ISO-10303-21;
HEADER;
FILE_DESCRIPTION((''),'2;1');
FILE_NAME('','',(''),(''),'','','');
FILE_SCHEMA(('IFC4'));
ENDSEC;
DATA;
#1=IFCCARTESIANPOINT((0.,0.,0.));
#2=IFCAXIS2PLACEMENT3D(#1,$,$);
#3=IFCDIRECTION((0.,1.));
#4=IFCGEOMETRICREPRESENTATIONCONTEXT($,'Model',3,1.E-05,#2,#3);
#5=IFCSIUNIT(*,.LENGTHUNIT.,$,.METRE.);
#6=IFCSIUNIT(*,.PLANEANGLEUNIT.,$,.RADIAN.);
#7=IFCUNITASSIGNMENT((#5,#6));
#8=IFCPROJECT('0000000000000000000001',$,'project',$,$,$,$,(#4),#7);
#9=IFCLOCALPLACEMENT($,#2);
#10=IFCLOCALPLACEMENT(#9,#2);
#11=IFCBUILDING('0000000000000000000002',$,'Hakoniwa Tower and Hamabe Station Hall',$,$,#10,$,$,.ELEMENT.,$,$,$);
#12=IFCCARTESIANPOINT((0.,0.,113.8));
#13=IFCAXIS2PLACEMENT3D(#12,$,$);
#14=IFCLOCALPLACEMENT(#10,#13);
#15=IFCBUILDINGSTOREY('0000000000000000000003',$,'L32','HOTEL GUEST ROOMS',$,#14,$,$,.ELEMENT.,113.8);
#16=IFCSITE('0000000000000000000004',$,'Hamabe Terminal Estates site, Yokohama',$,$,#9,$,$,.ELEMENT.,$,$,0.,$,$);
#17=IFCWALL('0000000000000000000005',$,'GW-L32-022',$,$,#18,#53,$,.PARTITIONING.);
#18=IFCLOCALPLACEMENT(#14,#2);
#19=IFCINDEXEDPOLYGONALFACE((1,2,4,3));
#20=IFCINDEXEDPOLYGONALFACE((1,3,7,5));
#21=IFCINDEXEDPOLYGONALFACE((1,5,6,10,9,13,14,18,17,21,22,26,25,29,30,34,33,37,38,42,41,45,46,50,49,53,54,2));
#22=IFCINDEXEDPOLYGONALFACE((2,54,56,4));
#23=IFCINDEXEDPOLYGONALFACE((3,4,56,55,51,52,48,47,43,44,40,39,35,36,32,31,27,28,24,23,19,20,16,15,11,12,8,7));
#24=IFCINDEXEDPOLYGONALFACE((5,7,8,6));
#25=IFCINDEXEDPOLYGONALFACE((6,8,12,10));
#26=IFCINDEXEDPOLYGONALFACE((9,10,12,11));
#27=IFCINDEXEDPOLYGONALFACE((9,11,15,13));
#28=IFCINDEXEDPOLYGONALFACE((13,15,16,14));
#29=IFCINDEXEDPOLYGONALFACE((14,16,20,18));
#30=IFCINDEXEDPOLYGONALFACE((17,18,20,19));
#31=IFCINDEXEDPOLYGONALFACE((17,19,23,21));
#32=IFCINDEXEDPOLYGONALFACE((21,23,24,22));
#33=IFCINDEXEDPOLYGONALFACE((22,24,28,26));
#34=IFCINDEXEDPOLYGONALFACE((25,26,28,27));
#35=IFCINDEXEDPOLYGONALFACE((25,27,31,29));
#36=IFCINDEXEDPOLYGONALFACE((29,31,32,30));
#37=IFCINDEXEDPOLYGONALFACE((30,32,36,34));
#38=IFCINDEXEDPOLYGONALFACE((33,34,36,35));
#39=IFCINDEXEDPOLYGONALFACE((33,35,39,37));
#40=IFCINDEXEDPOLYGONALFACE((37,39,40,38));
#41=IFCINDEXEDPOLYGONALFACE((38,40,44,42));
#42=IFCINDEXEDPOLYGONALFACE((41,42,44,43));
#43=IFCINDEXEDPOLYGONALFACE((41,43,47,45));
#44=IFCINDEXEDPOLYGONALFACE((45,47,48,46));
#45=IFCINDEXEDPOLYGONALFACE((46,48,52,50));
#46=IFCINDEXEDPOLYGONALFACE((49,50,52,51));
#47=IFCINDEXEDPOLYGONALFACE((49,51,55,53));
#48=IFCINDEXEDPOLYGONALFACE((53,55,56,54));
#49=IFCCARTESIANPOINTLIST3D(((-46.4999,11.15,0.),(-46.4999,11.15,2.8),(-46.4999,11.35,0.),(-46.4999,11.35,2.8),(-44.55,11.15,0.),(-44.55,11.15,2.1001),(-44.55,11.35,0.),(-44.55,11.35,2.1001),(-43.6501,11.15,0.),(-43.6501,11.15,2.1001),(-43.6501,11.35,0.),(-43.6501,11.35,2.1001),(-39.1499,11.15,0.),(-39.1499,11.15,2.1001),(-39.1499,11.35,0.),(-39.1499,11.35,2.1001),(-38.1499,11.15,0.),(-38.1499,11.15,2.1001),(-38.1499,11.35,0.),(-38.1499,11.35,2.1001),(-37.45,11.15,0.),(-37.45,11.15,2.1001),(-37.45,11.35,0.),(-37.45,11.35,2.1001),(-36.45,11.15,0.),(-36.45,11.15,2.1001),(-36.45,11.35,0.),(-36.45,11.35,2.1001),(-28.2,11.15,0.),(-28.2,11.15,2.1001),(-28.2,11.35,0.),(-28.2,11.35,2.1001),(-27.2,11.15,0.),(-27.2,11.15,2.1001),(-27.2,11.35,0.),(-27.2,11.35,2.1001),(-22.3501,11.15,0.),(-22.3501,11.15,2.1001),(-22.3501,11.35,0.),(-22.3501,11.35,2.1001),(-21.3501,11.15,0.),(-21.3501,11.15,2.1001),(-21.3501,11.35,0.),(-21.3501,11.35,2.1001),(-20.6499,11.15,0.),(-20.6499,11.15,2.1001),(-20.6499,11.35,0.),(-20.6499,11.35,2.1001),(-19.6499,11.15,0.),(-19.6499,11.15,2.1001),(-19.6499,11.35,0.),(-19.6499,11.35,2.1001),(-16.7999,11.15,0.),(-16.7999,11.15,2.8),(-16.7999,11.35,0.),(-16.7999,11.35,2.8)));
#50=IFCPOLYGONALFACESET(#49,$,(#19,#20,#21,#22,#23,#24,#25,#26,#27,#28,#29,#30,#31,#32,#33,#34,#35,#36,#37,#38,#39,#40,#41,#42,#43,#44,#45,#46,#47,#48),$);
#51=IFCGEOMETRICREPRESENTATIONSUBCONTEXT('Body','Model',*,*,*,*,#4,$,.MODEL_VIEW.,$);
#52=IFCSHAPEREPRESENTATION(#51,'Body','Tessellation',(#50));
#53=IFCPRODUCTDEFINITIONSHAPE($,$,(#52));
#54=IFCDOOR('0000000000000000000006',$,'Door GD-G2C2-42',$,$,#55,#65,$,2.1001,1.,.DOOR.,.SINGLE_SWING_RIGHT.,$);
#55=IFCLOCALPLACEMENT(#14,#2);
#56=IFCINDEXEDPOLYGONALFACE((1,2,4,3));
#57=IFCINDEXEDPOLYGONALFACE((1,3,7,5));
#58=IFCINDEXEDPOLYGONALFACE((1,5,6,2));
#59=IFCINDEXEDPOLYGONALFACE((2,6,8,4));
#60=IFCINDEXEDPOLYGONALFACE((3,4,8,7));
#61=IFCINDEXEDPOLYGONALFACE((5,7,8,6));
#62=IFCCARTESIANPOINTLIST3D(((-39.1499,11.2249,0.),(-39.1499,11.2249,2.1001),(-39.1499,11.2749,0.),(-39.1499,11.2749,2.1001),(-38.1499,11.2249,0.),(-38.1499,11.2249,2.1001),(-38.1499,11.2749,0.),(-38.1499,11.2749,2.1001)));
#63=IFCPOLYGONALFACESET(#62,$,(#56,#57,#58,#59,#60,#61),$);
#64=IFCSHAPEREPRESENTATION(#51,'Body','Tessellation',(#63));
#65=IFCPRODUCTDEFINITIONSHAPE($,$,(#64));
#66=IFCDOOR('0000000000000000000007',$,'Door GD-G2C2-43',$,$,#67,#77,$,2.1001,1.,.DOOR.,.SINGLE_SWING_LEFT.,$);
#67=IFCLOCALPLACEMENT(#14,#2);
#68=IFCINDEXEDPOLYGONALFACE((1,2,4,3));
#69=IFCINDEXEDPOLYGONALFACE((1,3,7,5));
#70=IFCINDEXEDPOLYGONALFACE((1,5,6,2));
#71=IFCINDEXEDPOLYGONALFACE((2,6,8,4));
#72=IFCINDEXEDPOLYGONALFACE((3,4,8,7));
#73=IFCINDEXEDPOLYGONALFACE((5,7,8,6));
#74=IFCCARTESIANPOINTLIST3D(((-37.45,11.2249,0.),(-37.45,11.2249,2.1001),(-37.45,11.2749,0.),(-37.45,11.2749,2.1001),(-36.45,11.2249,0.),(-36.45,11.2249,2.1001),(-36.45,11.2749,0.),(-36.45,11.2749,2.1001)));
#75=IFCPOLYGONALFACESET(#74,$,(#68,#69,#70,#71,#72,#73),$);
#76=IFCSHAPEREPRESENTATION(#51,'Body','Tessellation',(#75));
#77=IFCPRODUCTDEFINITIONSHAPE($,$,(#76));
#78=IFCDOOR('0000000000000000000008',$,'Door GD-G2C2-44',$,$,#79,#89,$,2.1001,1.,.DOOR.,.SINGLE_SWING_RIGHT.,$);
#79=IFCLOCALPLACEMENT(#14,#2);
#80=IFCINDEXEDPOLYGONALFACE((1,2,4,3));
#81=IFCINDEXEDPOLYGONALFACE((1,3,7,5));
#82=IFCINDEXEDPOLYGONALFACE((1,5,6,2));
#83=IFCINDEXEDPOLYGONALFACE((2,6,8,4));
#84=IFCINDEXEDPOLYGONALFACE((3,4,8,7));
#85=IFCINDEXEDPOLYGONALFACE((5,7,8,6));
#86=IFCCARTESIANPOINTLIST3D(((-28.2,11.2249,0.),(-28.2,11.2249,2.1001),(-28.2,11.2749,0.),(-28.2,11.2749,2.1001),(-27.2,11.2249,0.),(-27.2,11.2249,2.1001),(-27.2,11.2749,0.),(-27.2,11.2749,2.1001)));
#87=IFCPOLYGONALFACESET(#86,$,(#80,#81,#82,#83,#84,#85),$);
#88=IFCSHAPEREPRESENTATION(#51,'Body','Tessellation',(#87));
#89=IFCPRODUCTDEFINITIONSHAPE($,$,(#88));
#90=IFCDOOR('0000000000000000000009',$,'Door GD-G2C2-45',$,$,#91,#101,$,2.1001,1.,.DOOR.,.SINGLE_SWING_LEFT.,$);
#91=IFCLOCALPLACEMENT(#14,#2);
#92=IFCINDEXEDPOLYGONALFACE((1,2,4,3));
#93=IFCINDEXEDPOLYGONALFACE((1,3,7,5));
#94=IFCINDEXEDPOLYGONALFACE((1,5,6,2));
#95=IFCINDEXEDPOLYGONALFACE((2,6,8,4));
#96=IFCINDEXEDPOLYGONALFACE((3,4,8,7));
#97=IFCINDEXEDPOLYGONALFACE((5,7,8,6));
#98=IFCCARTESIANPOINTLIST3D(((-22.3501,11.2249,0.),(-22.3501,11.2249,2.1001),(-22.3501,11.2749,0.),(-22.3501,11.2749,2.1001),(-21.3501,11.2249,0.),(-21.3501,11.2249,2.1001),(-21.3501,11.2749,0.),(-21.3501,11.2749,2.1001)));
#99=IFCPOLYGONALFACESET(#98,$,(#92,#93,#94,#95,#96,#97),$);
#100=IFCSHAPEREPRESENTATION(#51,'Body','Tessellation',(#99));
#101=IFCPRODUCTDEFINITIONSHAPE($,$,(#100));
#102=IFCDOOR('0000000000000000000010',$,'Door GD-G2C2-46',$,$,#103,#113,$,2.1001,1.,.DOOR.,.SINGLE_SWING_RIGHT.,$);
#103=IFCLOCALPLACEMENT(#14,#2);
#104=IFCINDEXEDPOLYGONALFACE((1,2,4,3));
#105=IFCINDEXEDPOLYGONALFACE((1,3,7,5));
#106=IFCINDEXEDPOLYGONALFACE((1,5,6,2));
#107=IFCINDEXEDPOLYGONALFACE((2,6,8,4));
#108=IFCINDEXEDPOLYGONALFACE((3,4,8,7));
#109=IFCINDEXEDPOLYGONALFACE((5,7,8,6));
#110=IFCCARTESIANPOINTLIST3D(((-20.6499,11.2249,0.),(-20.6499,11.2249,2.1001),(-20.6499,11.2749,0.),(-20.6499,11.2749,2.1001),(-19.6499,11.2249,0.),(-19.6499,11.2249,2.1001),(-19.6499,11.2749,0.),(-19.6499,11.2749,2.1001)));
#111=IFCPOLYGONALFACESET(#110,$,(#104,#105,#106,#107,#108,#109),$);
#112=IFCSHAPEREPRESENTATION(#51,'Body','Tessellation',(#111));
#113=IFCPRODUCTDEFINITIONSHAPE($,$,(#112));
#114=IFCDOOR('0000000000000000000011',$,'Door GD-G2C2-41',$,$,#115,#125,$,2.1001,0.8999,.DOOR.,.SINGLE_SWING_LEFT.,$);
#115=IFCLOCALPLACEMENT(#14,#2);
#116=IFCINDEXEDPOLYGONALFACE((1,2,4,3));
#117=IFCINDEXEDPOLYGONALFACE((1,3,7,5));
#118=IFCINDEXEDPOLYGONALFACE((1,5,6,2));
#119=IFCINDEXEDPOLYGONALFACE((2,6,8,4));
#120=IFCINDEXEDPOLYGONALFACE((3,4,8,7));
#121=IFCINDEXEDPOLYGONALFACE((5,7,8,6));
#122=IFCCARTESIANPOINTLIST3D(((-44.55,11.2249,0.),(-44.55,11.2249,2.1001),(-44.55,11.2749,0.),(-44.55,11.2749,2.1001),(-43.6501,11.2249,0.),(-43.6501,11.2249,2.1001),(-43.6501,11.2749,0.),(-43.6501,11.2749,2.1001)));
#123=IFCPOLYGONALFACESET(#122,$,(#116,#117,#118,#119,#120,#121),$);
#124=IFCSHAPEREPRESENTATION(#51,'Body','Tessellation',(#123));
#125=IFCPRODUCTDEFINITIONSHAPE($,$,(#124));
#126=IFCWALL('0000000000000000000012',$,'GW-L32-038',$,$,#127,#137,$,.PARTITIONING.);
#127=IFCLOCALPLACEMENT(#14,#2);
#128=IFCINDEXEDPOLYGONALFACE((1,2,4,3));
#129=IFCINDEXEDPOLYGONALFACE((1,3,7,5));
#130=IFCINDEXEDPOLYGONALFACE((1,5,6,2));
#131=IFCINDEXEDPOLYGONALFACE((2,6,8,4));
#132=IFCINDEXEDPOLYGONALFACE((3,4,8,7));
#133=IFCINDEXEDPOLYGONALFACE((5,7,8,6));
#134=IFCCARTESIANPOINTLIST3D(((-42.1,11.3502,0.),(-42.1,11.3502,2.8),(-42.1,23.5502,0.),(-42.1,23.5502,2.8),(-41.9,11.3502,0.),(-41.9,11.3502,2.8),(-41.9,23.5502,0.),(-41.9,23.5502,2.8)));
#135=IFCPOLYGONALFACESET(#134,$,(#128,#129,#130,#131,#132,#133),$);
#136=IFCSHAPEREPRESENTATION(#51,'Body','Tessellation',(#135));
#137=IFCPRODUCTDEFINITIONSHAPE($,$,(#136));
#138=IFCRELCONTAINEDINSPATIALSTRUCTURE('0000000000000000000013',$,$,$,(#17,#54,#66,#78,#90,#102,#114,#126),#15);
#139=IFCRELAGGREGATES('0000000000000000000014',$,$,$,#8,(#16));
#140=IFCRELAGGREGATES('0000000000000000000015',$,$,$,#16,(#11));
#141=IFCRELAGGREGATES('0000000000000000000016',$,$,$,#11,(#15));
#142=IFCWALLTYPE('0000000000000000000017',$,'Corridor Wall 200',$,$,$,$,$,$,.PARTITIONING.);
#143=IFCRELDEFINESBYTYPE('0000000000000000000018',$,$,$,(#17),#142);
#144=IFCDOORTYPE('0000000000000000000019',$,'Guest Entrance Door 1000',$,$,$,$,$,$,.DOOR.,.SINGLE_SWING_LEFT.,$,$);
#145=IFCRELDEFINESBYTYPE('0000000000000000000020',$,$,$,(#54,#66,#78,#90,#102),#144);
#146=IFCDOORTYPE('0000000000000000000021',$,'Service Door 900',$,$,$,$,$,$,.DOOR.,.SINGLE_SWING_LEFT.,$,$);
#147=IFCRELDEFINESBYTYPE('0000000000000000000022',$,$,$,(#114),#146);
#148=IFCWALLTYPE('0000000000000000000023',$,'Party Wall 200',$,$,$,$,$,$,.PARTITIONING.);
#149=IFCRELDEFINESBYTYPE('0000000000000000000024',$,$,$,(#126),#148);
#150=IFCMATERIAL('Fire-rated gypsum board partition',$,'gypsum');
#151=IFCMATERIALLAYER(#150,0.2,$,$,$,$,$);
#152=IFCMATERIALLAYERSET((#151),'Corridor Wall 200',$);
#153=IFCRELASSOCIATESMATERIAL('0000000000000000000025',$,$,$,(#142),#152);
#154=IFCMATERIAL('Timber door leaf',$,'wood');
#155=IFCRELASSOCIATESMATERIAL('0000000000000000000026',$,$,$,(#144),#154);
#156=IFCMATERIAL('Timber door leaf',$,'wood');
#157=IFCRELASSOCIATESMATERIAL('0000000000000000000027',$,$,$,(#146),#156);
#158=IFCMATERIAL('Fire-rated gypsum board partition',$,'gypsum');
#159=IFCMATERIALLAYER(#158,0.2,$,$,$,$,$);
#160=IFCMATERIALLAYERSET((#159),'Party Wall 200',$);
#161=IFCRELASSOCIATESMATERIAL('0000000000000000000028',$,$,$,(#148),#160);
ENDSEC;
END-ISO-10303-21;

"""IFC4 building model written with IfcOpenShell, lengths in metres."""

from ifc_helpers import new_model, si_unit, direction, frame, frame_2d, origin, place, context, subcontext, project, spatial, rectangle, extrude, material, layer, layer_set, type_object, element, fill, save


model = new_model("IFC4")

# Units and contexts
model_context = context("Model", 3, precision=1e-05, world=origin(), true_north=direction((0.0, 1.0)))
body_context = subcontext(model_context, "Body", "Model", "MODEL_VIEW")
ifc_project = project(units=[si_unit("LENGTHUNIT", "METRE"), si_unit("PLANEANGLEUNIT", "RADIAN")], contexts=[model_context])

# Site, building, storey
site_placement = place(None, origin())
site = spatial("IfcSite", under=ifc_project, at=site_placement, Name="Hamabe Terminal Estates site, Yokohama", CompositionType="ELEMENT", RefElevation=0.0)
building_placement = place(site_placement, origin())
building = spatial("IfcBuilding", under=site, at=building_placement, Name="Hakoniwa Tower and Hamabe Station Hall", CompositionType="ELEMENT")
storey_placement = place(building_placement, frame((0.0, 0.0, 113.8)))
storey = spatial("IfcBuildingStorey", under=building, at=storey_placement, Name="L32", Description="HOTEL GUEST ROOMS", CompositionType="ELEMENT", Elevation=113.8)

# Shared definitions
ifc_material_1 = material(Name="Fire-rated gypsum board partition", Category="gypsum")
ifc_layer_1 = layer(ifc_material_1, 0.2)
ifc_layer_set_1 = layer_set([ifc_layer_1], Name="Corridor Wall 200")
wall_type_1 = type_object("IfcWallType", Name="Corridor Wall 200", PredefinedType="PARTITIONING", material=ifc_layer_set_1)
ifc_material_2 = material(Name="Timber door leaf", Category="wood")
door_type_1 = type_object("IfcDoorType", Name="Guest Entrance Door 1000", OperationType="SINGLE_SWING_LEFT", PredefinedType="DOOR", material=ifc_material_2)

# Wall, openings, doors
wall_1_placement = place(storey_placement, frame((-46.5, 11.25, 0.0), z_axis=(0.0, 0.0, 1.0), x_axis=(1.0, 0.0, 0.0)))
wall_1 = element("IfcWall", 1, at=wall_1_placement, inside=storey, type_object=wall_type_1, Name="GW-L32-022", PredefinedType="PARTITIONING", context=body_context, shape_type="SweptSolid", body=[
    extrude(rectangle(XDim=29.7, YDim=0.2, at=frame_2d((14.8501, 0.0))), origin(), (0.0, 0.0, 1.0), 2.8),
])
opening_1_placement = place(wall_1_placement, frame((1.95, 0.0, 0.0)))
opening_1 = element("IfcOpeningElement", 2, at=opening_1_placement, cuts=wall_1, PredefinedType="OPENING", context=body_context, shape_type="SweptSolid", body=[
    extrude(rectangle(XDim=0.8999, YDim=2.1001, at=frame_2d((0.45, 1.05))), frame((0.0, 0.1099, 0.0), z_axis=(0.0, -1.0, 0.0), x_axis=(1.0, 0.0, 0.0)), (0.0, 0.0, 1.0), 0.22),
])
opening_2_placement = place(wall_1_placement, frame((7.3501, 0.0, 0.0)))
opening_2 = element("IfcOpeningElement", 3, at=opening_2_placement, cuts=wall_1, PredefinedType="OPENING", context=body_context, shape_type="SweptSolid", body=[
    extrude(rectangle(XDim=1.0, YDim=2.1001, at=frame_2d((0.5, 1.05))), frame((0.0, 0.1099, 0.0), z_axis=(0.0, -1.0, 0.0), x_axis=(1.0, 0.0, 0.0)), (0.0, 0.0, 1.0), 0.22),
])
opening_3_placement = place(wall_1_placement, frame((9.05, 0.0, 0.0)))
opening_3 = element("IfcOpeningElement", 4, at=opening_3_placement, cuts=wall_1, PredefinedType="OPENING", context=body_context, shape_type="SweptSolid", body=[
    extrude(rectangle(XDim=1.0, YDim=2.1001, at=frame_2d((0.5, 1.05))), frame((0.0, 0.1099, 0.0), z_axis=(0.0, -1.0, 0.0), x_axis=(1.0, 0.0, 0.0)), (0.0, 0.0, 1.0), 0.22),
])
opening_4_placement = place(wall_1_placement, frame((18.3, 0.0, 0.0)))
opening_4 = element("IfcOpeningElement", 5, at=opening_4_placement, cuts=wall_1, PredefinedType="OPENING", context=body_context, shape_type="SweptSolid", body=[
    extrude(rectangle(XDim=1.0, YDim=2.1001, at=frame_2d((0.5, 1.05))), frame((0.0, 0.1099, 0.0), z_axis=(0.0, -1.0, 0.0), x_axis=(1.0, 0.0, 0.0)), (0.0, 0.0, 1.0), 0.22),
])
opening_5_placement = place(wall_1_placement, frame((24.1499, 0.0, 0.0)))
opening_5 = element("IfcOpeningElement", 6, at=opening_5_placement, cuts=wall_1, PredefinedType="OPENING", context=body_context, shape_type="SweptSolid", body=[
    extrude(rectangle(XDim=1.0, YDim=2.1001, at=frame_2d((0.5, 1.05))), frame((0.0, 0.1099, 0.0), z_axis=(0.0, -1.0, 0.0), x_axis=(1.0, 0.0, 0.0)), (0.0, 0.0, 1.0), 0.22),
])
opening_6_placement = place(wall_1_placement, frame((25.8501, 0.0, 0.0)))
opening_6 = element("IfcOpeningElement", 7, at=opening_6_placement, cuts=wall_1, PredefinedType="OPENING", context=body_context, shape_type="SweptSolid", body=[
    extrude(rectangle(XDim=1.0, YDim=2.1001, at=frame_2d((0.5, 1.05))), frame((0.0, 0.1099, 0.0), z_axis=(0.0, -1.0, 0.0), x_axis=(1.0, 0.0, 0.0)), (0.0, 0.0, 1.0), 0.22),
])
door_1_placement = place(opening_2_placement, origin())
door_1 = element("IfcDoor", 8, at=door_1_placement, inside=storey, type_object=door_type_1, Name="Door GD-G2C2-42", OperationType="SINGLE_SWING_RIGHT", OverallHeight=2.1001, OverallWidth=1.0, PredefinedType="DOOR", context=body_context, shape_type="SweptSolid", body=[
    extrude(rectangle(XDim=1.0, YDim=2.1001, at=frame_2d((0.5, 1.05))), frame((0.0, 0.0249, 0.0), z_axis=(0.0, -1.0, 0.0), x_axis=(1.0, 0.0, 0.0)), (0.0, 0.0, 1.0), 0.05),
])
fill(opening_2, door_1)
door_2_placement = place(opening_3_placement, origin())
door_2 = element("IfcDoor", 9, at=door_2_placement, inside=storey, type_object=door_type_1, Name="Door GD-G2C2-43", OperationType="SINGLE_SWING_LEFT", OverallHeight=2.1001, OverallWidth=1.0, PredefinedType="DOOR", context=body_context, shape_type="SweptSolid", body=[
    extrude(rectangle(XDim=1.0, YDim=2.1001, at=frame_2d((0.5, 1.05))), frame((0.0, 0.0249, 0.0), z_axis=(0.0, -1.0, 0.0), x_axis=(1.0, 0.0, 0.0)), (0.0, 0.0, 1.0), 0.05),
])
fill(opening_3, door_2)
door_3_placement = place(opening_4_placement, origin())
door_3 = element("IfcDoor", 10, at=door_3_placement, inside=storey, type_object=door_type_1, Name="Door GD-G2C2-44", OperationType="SINGLE_SWING_RIGHT", OverallHeight=2.1001, OverallWidth=1.0, PredefinedType="DOOR", context=body_context, shape_type="SweptSolid", body=[
    extrude(rectangle(XDim=1.0, YDim=2.1001, at=frame_2d((0.5, 1.05))), frame((0.0, 0.0249, 0.0), z_axis=(0.0, -1.0, 0.0), x_axis=(1.0, 0.0, 0.0)), (0.0, 0.0, 1.0), 0.05),
])
fill(opening_4, door_3)
door_4_placement = place(opening_5_placement, origin())
door_4 = element("IfcDoor", 11, at=door_4_placement, inside=storey, type_object=door_type_1, Name="Door GD-G2C2-45", OperationType="SINGLE_SWING_LEFT", OverallHeight=2.1001, OverallWidth=1.0, PredefinedType="DOOR", context=body_context, shape_type="SweptSolid", body=[
    extrude(rectangle(XDim=1.0, YDim=2.1001, at=frame_2d((0.5, 1.05))), frame((0.0, 0.0249, 0.0), z_axis=(0.0, -1.0, 0.0), x_axis=(1.0, 0.0, 0.0)), (0.0, 0.0, 1.0), 0.05),
])
fill(opening_5, door_4)
door_5_placement = place(opening_6_placement, origin())
door_5 = element("IfcDoor", 12, at=door_5_placement, inside=storey, type_object=door_type_1, Name="Door GD-G2C2-46", OperationType="SINGLE_SWING_RIGHT", OverallHeight=2.1001, OverallWidth=1.0, PredefinedType="DOOR", context=body_context, shape_type="SweptSolid", body=[
    extrude(rectangle(XDim=1.0, YDim=2.1001, at=frame_2d((0.5, 1.05))), frame((0.0, 0.0249, 0.0), z_axis=(0.0, -1.0, 0.0), x_axis=(1.0, 0.0, 0.0)), (0.0, 0.0, 1.0), 0.05),
])
fill(opening_6, door_5)
ifc_material_3 = material(Name="Timber door leaf", Category="wood")
door_type_2 = type_object("IfcDoorType", Name="Service Door 900", OperationType="SINGLE_SWING_LEFT", PredefinedType="DOOR", material=ifc_material_3)
door_6_placement = place(opening_1_placement, origin())
door_6 = element("IfcDoor", 13, at=door_6_placement, inside=storey, type_object=door_type_2, Name="Door GD-G2C2-41", OperationType="SINGLE_SWING_LEFT", OverallHeight=2.1001, OverallWidth=0.8999, PredefinedType="DOOR", context=body_context, shape_type="SweptSolid", body=[
    extrude(rectangle(XDim=0.8999, YDim=2.1001, at=frame_2d((0.45, 1.05))), frame((0.0, 0.0249, 0.0), z_axis=(0.0, -1.0, 0.0), x_axis=(1.0, 0.0, 0.0)), (0.0, 0.0, 1.0), 0.05),
])
fill(opening_1, door_6)

# Wall
ifc_material_4 = material(Name="Fire-rated gypsum board partition", Category="gypsum")
ifc_layer_2 = layer(ifc_material_4, 0.2)
ifc_layer_set_2 = layer_set([ifc_layer_2], Name="Party Wall 200")
wall_type_2 = type_object("IfcWallType", Name="Party Wall 200", PredefinedType="PARTITIONING", material=ifc_layer_set_2)
wall_2_placement = place(storey_placement, frame((-42.0, 11.3501, 0.0), z_axis=(0.0, 0.0, 1.0), x_axis=(0.0, 1.0, 0.0)))
element("IfcWall", 14, at=wall_2_placement, inside=storey, type_object=wall_type_2, Name="GW-L32-038", PredefinedType="PARTITIONING", context=body_context, shape_type="SweptSolid", body=[
    extrude(rectangle(XDim=12.2, YDim=0.2, at=frame_2d((6.1001, 0.0))), origin(), (0.0, 0.0, 1.0), 2.8),
])

save(model, "model.ifc")
